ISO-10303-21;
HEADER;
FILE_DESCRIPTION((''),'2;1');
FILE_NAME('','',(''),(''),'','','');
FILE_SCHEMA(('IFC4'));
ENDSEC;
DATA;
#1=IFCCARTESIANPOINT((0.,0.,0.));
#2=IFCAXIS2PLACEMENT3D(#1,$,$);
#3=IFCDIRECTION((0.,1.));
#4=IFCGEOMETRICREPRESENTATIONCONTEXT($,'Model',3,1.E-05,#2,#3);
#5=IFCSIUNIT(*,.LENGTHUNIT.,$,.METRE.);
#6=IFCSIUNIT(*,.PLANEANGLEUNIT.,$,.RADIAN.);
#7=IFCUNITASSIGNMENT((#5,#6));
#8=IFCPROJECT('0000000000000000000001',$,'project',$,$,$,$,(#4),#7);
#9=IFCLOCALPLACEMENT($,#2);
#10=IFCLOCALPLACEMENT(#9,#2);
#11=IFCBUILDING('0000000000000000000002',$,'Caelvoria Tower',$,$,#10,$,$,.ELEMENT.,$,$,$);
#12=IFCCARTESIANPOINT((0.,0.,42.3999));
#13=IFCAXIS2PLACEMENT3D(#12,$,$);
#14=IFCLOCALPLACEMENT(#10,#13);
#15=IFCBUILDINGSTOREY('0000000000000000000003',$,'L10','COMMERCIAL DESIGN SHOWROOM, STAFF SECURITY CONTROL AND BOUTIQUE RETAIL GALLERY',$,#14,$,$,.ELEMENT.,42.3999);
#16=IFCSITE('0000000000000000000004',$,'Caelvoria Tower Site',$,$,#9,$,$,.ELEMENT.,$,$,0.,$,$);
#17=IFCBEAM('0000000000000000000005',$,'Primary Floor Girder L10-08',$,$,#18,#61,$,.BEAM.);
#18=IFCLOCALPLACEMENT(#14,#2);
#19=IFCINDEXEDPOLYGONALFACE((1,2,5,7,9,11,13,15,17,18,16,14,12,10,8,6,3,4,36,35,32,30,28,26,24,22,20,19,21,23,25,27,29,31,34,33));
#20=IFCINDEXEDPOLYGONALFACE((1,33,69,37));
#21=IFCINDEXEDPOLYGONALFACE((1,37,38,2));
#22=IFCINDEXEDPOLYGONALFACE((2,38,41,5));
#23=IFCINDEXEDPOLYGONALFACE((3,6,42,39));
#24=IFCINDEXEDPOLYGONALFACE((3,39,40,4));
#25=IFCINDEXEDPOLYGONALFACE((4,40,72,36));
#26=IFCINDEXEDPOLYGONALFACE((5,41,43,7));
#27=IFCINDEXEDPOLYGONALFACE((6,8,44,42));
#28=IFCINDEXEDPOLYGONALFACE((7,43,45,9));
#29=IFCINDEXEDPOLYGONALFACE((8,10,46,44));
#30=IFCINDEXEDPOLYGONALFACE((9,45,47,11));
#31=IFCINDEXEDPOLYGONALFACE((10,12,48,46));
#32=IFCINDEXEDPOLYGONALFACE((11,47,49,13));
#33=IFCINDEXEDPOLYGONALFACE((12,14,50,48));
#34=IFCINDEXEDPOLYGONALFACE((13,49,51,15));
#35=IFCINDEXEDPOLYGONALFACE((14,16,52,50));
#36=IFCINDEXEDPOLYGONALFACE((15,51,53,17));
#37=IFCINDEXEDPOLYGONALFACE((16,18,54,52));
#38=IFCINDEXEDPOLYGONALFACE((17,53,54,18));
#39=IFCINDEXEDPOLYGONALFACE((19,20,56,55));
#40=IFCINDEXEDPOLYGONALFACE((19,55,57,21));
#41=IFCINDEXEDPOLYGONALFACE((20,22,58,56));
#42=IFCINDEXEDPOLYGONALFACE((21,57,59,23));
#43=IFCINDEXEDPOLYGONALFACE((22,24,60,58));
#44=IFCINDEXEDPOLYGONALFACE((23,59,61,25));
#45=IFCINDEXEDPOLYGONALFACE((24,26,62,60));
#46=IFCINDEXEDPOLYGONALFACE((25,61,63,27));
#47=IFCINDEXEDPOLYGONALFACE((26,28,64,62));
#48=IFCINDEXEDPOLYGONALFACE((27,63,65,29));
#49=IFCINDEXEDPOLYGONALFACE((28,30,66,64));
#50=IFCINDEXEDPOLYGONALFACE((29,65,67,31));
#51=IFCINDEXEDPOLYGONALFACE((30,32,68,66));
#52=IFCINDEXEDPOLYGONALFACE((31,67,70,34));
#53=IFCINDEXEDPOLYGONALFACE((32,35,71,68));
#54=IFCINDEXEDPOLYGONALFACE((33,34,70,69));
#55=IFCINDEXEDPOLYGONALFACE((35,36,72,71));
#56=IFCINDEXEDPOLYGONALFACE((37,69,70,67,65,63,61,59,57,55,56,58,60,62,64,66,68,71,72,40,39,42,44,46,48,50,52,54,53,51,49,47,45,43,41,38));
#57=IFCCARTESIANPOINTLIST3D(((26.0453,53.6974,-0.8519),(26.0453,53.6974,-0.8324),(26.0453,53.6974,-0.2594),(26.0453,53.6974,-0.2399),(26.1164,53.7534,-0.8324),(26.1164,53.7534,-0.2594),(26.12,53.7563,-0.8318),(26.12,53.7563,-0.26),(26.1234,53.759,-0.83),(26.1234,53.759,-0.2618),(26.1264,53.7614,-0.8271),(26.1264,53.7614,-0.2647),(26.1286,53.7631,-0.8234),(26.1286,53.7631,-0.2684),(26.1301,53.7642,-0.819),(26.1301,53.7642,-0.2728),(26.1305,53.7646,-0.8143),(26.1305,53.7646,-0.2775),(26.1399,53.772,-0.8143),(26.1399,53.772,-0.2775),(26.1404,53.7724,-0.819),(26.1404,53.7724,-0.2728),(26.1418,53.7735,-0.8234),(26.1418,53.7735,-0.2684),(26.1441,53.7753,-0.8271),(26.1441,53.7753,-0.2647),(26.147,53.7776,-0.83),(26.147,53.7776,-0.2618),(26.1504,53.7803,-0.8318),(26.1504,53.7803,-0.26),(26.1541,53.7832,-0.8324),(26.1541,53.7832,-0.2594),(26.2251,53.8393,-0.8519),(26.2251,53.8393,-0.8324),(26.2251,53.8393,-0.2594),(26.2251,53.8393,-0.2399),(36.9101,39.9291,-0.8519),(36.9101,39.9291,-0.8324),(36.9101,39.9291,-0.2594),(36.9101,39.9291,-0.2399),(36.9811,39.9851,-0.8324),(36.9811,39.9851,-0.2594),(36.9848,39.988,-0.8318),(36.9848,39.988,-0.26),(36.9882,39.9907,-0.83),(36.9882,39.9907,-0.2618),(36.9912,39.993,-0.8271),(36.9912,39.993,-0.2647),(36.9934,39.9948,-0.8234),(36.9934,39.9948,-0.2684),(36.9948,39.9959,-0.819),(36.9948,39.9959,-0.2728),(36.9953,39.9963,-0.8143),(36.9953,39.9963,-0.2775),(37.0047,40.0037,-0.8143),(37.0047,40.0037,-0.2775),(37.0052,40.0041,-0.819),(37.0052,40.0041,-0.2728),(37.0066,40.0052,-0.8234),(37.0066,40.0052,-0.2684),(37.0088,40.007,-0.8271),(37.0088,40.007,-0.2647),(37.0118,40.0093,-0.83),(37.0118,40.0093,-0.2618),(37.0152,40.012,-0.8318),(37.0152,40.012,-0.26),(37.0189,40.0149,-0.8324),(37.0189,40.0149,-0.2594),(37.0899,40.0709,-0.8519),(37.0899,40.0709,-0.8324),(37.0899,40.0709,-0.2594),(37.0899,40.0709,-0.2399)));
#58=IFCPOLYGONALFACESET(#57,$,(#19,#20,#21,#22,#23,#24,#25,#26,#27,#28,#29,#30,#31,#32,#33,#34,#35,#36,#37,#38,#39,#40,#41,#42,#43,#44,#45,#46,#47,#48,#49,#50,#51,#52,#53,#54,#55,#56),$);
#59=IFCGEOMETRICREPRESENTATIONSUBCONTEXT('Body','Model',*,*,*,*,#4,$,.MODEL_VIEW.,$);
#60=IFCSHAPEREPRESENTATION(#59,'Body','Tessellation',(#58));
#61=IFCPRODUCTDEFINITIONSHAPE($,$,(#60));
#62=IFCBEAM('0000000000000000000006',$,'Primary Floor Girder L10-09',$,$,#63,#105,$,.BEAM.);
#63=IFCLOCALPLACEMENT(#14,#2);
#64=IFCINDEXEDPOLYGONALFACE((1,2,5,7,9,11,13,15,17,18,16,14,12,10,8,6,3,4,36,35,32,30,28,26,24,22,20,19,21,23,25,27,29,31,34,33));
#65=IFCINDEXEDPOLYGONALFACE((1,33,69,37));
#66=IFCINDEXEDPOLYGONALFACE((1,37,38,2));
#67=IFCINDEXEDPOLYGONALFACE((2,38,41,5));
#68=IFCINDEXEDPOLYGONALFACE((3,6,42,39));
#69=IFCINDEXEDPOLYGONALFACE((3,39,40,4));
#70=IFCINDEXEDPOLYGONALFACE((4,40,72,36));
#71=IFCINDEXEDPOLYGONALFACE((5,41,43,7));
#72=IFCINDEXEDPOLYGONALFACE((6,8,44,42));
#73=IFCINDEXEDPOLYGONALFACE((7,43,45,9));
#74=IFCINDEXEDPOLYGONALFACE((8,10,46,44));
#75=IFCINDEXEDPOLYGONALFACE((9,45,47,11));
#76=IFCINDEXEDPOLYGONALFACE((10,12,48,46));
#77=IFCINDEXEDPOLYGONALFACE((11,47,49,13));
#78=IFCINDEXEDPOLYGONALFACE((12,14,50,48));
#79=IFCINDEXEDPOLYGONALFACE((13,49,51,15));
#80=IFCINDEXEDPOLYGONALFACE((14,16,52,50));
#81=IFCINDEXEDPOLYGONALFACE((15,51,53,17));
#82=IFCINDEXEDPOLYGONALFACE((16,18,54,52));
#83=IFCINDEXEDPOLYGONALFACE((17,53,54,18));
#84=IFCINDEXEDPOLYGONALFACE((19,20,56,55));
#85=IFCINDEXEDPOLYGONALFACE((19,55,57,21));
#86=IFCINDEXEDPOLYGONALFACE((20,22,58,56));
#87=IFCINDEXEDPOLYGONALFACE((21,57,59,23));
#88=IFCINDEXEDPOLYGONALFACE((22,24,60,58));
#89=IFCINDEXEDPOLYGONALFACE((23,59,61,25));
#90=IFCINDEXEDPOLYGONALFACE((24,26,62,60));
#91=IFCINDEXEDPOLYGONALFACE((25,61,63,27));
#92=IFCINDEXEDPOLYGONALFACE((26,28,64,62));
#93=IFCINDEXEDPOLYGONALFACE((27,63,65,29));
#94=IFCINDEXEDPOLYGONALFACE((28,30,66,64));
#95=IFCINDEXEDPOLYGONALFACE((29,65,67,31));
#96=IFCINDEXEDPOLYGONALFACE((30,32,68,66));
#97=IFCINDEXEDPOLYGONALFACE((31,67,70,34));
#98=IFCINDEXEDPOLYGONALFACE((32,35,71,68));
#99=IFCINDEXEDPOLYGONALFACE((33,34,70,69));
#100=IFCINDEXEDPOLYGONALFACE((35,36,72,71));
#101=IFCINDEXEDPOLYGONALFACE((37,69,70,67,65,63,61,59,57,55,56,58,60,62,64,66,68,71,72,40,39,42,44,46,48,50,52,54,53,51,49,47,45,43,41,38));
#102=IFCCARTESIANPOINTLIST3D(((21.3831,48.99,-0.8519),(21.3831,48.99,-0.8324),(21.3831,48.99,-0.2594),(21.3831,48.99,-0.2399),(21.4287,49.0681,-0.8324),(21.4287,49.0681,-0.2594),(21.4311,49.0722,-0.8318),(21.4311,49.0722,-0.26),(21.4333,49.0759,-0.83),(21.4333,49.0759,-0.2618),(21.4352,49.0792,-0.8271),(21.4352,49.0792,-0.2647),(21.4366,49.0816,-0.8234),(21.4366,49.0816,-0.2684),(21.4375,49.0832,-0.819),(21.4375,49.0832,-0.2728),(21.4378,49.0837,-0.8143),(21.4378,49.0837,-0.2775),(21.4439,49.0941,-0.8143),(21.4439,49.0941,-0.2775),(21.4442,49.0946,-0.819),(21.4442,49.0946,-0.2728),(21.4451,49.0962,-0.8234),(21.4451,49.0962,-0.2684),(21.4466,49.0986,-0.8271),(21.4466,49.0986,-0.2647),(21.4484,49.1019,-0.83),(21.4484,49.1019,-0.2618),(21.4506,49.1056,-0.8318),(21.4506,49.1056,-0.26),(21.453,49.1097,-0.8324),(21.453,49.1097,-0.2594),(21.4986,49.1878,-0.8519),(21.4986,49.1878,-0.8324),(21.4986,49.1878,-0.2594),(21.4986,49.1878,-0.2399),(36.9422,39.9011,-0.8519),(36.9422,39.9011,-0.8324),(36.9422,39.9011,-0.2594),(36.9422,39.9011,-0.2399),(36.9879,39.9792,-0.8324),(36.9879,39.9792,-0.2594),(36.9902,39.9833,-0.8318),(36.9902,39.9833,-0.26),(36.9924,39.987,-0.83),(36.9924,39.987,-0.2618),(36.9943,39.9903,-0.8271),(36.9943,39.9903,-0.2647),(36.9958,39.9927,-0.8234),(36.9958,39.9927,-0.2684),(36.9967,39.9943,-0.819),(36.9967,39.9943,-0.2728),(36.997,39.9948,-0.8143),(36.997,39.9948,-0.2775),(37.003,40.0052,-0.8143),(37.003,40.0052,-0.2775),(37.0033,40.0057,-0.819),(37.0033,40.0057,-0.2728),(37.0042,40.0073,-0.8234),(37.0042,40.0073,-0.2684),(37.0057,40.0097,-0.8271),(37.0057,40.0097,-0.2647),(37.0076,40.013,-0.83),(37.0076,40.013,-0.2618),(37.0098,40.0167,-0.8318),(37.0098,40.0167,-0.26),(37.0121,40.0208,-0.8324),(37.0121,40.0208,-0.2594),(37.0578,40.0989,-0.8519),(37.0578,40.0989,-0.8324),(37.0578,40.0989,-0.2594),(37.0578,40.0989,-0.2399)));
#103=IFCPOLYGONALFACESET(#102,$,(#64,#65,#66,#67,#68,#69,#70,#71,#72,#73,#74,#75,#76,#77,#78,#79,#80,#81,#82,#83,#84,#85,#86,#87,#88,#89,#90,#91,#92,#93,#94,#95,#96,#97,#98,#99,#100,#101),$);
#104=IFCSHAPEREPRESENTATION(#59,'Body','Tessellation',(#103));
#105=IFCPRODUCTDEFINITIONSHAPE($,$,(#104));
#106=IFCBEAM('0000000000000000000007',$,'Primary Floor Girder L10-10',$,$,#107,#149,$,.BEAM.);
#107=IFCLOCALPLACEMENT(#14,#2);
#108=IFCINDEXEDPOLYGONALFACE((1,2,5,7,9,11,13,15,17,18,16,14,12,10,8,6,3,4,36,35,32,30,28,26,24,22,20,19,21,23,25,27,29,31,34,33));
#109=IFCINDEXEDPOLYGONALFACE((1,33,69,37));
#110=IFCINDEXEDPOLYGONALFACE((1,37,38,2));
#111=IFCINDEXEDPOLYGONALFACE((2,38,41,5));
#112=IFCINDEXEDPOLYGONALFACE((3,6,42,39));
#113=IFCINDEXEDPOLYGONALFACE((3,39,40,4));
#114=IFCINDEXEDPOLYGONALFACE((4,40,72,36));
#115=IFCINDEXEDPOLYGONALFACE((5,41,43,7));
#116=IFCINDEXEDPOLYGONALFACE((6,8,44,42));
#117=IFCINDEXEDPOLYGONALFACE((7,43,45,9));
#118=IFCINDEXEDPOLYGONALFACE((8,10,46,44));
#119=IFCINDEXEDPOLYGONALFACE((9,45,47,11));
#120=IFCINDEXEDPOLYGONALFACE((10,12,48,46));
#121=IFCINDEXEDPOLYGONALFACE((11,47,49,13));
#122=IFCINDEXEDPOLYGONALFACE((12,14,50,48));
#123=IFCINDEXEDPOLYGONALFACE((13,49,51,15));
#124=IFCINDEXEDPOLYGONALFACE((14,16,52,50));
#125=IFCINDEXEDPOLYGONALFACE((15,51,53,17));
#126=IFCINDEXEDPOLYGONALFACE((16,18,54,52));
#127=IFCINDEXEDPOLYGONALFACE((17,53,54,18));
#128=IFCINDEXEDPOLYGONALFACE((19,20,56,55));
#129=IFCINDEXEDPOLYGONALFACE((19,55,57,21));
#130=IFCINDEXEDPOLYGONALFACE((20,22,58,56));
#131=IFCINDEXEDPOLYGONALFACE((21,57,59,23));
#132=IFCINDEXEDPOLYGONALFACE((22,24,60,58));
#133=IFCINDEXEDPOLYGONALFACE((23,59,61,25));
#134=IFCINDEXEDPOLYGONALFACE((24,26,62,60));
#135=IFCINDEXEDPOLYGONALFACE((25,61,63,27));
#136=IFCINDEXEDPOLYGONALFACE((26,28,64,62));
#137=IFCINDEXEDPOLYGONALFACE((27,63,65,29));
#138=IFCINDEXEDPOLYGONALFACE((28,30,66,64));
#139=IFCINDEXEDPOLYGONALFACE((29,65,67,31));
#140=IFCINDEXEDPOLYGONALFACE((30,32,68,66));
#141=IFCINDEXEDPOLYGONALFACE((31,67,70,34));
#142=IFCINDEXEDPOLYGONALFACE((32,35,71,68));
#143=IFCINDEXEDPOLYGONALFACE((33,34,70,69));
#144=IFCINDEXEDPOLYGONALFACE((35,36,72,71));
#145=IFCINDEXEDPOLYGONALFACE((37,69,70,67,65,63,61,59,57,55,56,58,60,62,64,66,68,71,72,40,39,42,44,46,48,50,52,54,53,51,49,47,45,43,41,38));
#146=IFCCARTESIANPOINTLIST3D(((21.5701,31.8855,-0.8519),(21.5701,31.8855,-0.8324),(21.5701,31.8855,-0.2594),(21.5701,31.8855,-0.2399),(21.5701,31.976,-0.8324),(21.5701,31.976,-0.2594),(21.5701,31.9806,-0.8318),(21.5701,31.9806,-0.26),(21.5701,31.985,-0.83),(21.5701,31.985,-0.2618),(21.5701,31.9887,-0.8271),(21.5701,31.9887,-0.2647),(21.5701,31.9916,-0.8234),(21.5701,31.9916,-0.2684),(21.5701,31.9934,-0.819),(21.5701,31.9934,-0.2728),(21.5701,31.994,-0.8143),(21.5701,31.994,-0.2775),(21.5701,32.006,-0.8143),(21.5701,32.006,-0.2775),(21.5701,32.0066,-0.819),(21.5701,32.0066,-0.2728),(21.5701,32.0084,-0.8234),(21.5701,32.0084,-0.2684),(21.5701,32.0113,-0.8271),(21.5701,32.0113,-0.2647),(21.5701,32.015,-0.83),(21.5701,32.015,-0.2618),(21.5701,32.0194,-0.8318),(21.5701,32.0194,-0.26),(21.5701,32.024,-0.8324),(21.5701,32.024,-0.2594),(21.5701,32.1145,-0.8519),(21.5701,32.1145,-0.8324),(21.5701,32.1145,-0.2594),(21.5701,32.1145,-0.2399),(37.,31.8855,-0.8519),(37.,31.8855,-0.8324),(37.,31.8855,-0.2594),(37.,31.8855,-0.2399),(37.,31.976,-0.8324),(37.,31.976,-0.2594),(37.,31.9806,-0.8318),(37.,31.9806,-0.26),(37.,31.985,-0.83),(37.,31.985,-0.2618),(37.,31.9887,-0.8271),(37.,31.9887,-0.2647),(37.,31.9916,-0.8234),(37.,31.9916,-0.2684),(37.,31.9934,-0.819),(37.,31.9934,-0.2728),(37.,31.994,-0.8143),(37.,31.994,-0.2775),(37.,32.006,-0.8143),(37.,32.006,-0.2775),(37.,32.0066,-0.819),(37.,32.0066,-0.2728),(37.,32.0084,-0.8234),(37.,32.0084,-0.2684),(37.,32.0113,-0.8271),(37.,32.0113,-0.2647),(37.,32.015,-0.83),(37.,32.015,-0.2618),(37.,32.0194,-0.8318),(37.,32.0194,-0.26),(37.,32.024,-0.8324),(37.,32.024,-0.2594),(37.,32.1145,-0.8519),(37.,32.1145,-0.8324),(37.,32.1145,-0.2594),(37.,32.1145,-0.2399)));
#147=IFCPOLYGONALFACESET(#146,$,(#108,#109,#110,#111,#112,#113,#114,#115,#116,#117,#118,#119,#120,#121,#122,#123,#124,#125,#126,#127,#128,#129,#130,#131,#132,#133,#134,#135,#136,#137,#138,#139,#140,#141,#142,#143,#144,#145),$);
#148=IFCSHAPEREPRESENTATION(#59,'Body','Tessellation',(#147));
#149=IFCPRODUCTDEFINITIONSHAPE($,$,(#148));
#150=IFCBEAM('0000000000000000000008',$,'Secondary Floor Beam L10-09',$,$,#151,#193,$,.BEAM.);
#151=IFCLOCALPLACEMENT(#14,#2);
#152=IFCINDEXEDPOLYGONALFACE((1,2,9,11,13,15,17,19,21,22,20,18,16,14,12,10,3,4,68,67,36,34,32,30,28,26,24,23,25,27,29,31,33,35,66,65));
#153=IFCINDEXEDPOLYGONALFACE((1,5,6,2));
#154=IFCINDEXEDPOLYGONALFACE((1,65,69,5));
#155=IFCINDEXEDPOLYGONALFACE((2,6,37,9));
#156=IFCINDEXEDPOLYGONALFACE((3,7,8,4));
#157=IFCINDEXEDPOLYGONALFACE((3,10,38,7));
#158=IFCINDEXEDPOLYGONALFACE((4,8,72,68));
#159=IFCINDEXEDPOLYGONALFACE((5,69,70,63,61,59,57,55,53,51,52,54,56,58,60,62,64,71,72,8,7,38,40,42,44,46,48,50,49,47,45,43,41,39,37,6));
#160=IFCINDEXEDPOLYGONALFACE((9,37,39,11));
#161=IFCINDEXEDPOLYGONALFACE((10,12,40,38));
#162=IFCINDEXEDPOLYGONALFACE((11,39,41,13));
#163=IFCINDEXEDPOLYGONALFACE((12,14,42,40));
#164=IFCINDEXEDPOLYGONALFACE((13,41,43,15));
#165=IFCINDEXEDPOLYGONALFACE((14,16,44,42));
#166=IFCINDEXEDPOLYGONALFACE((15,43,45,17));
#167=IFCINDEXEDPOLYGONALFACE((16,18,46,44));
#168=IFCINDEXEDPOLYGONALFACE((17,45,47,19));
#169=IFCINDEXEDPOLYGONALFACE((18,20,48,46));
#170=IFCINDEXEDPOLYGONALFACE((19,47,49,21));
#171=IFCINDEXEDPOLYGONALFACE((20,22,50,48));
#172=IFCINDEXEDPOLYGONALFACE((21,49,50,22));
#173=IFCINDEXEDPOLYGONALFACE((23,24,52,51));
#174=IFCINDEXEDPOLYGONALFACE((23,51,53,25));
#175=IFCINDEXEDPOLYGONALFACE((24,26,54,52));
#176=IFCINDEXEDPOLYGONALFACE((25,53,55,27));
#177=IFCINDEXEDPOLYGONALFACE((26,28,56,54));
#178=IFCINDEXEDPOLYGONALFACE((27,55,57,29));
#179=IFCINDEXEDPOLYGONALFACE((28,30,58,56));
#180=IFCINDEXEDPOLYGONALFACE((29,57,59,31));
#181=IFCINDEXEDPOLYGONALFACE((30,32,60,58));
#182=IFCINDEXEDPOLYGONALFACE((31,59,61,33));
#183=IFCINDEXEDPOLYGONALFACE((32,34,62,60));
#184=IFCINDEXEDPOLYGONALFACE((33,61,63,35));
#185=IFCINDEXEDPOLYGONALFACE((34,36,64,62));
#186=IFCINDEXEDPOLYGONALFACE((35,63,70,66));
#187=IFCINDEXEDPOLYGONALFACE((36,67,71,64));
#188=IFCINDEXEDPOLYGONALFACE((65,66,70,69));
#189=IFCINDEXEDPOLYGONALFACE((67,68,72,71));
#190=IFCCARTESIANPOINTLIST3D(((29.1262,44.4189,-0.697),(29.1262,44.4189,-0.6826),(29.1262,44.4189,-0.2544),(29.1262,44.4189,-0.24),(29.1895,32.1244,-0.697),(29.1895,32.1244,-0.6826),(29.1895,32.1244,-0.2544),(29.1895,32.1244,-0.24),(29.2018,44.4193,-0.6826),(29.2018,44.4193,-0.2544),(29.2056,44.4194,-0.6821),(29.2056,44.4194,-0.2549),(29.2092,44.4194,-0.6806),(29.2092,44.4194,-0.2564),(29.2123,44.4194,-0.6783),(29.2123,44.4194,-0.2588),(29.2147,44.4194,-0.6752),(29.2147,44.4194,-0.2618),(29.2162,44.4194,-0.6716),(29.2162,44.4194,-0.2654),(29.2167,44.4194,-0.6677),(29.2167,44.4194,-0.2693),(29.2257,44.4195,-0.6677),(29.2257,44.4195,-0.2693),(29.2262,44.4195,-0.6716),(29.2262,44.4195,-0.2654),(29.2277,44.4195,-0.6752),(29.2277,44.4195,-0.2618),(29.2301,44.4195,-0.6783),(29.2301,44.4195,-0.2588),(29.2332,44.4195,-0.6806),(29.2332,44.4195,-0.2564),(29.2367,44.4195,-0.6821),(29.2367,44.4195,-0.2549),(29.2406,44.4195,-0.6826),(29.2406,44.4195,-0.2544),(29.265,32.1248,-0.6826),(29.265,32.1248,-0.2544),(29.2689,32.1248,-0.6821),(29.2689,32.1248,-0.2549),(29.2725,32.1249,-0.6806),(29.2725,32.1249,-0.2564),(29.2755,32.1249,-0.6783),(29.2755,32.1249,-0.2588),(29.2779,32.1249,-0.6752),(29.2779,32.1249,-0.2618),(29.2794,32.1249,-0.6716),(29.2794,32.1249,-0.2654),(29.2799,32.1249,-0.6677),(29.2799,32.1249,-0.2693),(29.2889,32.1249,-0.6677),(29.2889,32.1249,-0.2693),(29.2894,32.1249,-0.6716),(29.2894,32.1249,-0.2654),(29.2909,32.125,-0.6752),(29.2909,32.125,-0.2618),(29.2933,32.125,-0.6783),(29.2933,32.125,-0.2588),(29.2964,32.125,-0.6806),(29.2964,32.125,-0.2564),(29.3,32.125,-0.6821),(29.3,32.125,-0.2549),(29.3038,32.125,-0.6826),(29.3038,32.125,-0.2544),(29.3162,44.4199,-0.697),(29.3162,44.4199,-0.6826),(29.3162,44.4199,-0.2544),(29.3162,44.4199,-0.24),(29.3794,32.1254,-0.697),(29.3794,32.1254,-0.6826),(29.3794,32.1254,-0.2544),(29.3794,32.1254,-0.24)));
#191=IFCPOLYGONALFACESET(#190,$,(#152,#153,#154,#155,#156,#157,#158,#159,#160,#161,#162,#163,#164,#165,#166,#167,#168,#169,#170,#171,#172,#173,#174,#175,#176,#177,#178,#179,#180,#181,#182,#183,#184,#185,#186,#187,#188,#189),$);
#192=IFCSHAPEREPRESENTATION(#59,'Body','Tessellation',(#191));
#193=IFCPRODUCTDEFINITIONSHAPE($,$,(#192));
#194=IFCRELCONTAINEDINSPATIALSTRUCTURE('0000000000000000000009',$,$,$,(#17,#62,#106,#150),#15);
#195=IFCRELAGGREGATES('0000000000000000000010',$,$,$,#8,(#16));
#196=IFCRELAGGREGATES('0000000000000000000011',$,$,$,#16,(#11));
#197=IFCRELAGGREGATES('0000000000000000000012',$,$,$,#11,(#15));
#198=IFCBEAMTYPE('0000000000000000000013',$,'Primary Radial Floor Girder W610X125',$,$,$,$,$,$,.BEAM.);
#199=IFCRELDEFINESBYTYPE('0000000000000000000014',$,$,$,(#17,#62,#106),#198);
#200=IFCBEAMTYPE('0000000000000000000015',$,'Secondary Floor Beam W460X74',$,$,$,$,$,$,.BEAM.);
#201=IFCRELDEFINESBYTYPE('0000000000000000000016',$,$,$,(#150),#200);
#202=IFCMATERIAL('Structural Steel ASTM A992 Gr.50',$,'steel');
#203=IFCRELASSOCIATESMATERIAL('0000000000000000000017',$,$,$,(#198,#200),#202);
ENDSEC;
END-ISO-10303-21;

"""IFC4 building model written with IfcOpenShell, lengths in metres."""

from ifc_helpers import new_model, si_unit, direction, frame, origin, origin_2d, place, context, subcontext, project, spatial, i_section, extrude, material, material_profile, profile_set, type_object, element, save


model = new_model("IFC4")

# Units and contexts
model_context = context("Model", 3, precision=1e-05, world=origin(), true_north=direction((0.0, 1.0)))
body_context = subcontext(model_context, "Body", "Model", "MODEL_VIEW")
ifc_project = project(units=[si_unit("LENGTHUNIT", "METRE"), si_unit("PLANEANGLEUNIT", "RADIAN")], contexts=[model_context])

# Site, building, storey
site_placement = place(None, origin())
site = spatial("IfcSite", under=ifc_project, at=site_placement, Name="Caelvoria Tower Site", CompositionType="ELEMENT", RefElevation=0.0)
building_placement = place(site_placement, origin())
building = spatial("IfcBuilding", under=site, at=building_placement, Name="Caelvoria Tower", CompositionType="ELEMENT")
storey_placement = place(building_placement, frame((0.0, 0.0, 42.3999)))
storey = spatial("IfcBuildingStorey", under=building, at=storey_placement, Name="L10", Description="COMMERCIAL DESIGN SHOWROOM, STAFF SECURITY CONTROL AND BOUTIQUE RETAIL GALLERY", CompositionType="ELEMENT", Elevation=42.3999)

# Beams
ifc_material_1 = material(Name="Structural Steel ASTM A992 Gr.50", Category="steel")
ifc_material_profile_1 = material_profile(ifc_material_1, i_section(OverallWidth=0.229, OverallDepth=0.6121, WebThickness=0.012, FlangeThickness=0.0195, FilletRadius=0.0181, at=origin_2d()), Name="Structural Steel ASTM A992 Gr.50")
ifc_profile_set_1 = profile_set([ifc_material_profile_1], Name="W610X125 - Structural Steel ASTM A992 Gr.50")
beam_type_1 = type_object("IfcBeamType", Name="Primary Radial Floor Girder W610X125", PredefinedType="BEAM", material=ifc_profile_set_1)
beam_1_placement = place(storey_placement, frame((37.0, 40.0, -0.5459), z_axis=(-0.61947, 0.785021, 0.0), x_axis=(-0.785021, -0.61947, 0.0)))
element("IfcBeam", 1, at=beam_1_placement, inside=storey, type_object=beam_type_1, Name="Primary Floor Girder L10-08", PredefinedType="BEAM", context=body_context, shape_type="SweptSolid", body=[
    extrude(i_section(OverallWidth=0.229, OverallDepth=0.6121, WebThickness=0.012, FlangeThickness=0.0195, FilletRadius=0.0181, at=origin_2d()), origin(), (0.0, 0.0, 1.0), 17.5388),
])
beam_2_placement = place(storey_placement, frame((37.0, 40.0, -0.5459), z_axis=(-0.863471, 0.504398, 0.0), x_axis=(-0.504398, -0.863471, 0.0)))
element("IfcBeam", 2, at=beam_2_placement, inside=storey, type_object=beam_type_1, Name="Primary Floor Girder L10-09", PredefinedType="BEAM", context=body_context, shape_type="SweptSolid", body=[
    extrude(i_section(OverallWidth=0.229, OverallDepth=0.6121, WebThickness=0.012, FlangeThickness=0.0195, FilletRadius=0.0181, at=origin_2d()), origin(), (0.0, 0.0, 1.0), 18.0193),
])
beam_3_placement = place(storey_placement, frame((37.0, 32.0, -0.5459), z_axis=(-1.0, 0.0, 0.0), x_axis=(0.0, -1.0, 0.0)))
element("IfcBeam", 3, at=beam_3_placement, inside=storey, type_object=beam_type_1, Name="Primary Floor Girder L10-10", PredefinedType="BEAM", context=body_context, shape_type="SweptSolid", body=[
    extrude(i_section(OverallWidth=0.229, OverallDepth=0.6121, WebThickness=0.012, FlangeThickness=0.0195, FilletRadius=0.0181, at=origin_2d()), origin(), (0.0, 0.0, 1.0), 15.4299),
])
ifc_material_profile_2 = material_profile(ifc_material_1, i_section(OverallWidth=0.1899, OverallDepth=0.457, WebThickness=0.009, FlangeThickness=0.0144, FilletRadius=0.0149, at=origin_2d()), Name="Structural Steel ASTM A992 Gr.50")
ifc_profile_set_2 = profile_set([ifc_material_profile_2], Name="W460X74 - Structural Steel ASTM A992 Gr.50")
beam_type_2 = type_object("IfcBeamType", Name="Secondary Floor Beam W460X74", PredefinedType="BEAM", material=ifc_profile_set_2)
for number, where, z_axis, x_axis, name in (
    (4, (29.2212, 44.4194, -0.4685), (0.005143, -0.999987, 0.0), (0.999987, 0.005143, 0.0), "Secondary Floor Beam L10-09"),
):
    element("IfcBeam", number, at=place(storey_placement, frame(where, z_axis=z_axis, x_axis=x_axis)), inside=storey, type_object=beam_type_2, Name=name, PredefinedType="BEAM", context=body_context, shape_type="SweptSolid", body=[
        extrude(i_section(OverallWidth=0.1899, OverallDepth=0.457, WebThickness=0.009, FlangeThickness=0.0144, FilletRadius=0.0149, at=origin_2d()), origin(), (0.0, 0.0, 1.0), 12.2947),
    ])

save(model, "model.ifc")
